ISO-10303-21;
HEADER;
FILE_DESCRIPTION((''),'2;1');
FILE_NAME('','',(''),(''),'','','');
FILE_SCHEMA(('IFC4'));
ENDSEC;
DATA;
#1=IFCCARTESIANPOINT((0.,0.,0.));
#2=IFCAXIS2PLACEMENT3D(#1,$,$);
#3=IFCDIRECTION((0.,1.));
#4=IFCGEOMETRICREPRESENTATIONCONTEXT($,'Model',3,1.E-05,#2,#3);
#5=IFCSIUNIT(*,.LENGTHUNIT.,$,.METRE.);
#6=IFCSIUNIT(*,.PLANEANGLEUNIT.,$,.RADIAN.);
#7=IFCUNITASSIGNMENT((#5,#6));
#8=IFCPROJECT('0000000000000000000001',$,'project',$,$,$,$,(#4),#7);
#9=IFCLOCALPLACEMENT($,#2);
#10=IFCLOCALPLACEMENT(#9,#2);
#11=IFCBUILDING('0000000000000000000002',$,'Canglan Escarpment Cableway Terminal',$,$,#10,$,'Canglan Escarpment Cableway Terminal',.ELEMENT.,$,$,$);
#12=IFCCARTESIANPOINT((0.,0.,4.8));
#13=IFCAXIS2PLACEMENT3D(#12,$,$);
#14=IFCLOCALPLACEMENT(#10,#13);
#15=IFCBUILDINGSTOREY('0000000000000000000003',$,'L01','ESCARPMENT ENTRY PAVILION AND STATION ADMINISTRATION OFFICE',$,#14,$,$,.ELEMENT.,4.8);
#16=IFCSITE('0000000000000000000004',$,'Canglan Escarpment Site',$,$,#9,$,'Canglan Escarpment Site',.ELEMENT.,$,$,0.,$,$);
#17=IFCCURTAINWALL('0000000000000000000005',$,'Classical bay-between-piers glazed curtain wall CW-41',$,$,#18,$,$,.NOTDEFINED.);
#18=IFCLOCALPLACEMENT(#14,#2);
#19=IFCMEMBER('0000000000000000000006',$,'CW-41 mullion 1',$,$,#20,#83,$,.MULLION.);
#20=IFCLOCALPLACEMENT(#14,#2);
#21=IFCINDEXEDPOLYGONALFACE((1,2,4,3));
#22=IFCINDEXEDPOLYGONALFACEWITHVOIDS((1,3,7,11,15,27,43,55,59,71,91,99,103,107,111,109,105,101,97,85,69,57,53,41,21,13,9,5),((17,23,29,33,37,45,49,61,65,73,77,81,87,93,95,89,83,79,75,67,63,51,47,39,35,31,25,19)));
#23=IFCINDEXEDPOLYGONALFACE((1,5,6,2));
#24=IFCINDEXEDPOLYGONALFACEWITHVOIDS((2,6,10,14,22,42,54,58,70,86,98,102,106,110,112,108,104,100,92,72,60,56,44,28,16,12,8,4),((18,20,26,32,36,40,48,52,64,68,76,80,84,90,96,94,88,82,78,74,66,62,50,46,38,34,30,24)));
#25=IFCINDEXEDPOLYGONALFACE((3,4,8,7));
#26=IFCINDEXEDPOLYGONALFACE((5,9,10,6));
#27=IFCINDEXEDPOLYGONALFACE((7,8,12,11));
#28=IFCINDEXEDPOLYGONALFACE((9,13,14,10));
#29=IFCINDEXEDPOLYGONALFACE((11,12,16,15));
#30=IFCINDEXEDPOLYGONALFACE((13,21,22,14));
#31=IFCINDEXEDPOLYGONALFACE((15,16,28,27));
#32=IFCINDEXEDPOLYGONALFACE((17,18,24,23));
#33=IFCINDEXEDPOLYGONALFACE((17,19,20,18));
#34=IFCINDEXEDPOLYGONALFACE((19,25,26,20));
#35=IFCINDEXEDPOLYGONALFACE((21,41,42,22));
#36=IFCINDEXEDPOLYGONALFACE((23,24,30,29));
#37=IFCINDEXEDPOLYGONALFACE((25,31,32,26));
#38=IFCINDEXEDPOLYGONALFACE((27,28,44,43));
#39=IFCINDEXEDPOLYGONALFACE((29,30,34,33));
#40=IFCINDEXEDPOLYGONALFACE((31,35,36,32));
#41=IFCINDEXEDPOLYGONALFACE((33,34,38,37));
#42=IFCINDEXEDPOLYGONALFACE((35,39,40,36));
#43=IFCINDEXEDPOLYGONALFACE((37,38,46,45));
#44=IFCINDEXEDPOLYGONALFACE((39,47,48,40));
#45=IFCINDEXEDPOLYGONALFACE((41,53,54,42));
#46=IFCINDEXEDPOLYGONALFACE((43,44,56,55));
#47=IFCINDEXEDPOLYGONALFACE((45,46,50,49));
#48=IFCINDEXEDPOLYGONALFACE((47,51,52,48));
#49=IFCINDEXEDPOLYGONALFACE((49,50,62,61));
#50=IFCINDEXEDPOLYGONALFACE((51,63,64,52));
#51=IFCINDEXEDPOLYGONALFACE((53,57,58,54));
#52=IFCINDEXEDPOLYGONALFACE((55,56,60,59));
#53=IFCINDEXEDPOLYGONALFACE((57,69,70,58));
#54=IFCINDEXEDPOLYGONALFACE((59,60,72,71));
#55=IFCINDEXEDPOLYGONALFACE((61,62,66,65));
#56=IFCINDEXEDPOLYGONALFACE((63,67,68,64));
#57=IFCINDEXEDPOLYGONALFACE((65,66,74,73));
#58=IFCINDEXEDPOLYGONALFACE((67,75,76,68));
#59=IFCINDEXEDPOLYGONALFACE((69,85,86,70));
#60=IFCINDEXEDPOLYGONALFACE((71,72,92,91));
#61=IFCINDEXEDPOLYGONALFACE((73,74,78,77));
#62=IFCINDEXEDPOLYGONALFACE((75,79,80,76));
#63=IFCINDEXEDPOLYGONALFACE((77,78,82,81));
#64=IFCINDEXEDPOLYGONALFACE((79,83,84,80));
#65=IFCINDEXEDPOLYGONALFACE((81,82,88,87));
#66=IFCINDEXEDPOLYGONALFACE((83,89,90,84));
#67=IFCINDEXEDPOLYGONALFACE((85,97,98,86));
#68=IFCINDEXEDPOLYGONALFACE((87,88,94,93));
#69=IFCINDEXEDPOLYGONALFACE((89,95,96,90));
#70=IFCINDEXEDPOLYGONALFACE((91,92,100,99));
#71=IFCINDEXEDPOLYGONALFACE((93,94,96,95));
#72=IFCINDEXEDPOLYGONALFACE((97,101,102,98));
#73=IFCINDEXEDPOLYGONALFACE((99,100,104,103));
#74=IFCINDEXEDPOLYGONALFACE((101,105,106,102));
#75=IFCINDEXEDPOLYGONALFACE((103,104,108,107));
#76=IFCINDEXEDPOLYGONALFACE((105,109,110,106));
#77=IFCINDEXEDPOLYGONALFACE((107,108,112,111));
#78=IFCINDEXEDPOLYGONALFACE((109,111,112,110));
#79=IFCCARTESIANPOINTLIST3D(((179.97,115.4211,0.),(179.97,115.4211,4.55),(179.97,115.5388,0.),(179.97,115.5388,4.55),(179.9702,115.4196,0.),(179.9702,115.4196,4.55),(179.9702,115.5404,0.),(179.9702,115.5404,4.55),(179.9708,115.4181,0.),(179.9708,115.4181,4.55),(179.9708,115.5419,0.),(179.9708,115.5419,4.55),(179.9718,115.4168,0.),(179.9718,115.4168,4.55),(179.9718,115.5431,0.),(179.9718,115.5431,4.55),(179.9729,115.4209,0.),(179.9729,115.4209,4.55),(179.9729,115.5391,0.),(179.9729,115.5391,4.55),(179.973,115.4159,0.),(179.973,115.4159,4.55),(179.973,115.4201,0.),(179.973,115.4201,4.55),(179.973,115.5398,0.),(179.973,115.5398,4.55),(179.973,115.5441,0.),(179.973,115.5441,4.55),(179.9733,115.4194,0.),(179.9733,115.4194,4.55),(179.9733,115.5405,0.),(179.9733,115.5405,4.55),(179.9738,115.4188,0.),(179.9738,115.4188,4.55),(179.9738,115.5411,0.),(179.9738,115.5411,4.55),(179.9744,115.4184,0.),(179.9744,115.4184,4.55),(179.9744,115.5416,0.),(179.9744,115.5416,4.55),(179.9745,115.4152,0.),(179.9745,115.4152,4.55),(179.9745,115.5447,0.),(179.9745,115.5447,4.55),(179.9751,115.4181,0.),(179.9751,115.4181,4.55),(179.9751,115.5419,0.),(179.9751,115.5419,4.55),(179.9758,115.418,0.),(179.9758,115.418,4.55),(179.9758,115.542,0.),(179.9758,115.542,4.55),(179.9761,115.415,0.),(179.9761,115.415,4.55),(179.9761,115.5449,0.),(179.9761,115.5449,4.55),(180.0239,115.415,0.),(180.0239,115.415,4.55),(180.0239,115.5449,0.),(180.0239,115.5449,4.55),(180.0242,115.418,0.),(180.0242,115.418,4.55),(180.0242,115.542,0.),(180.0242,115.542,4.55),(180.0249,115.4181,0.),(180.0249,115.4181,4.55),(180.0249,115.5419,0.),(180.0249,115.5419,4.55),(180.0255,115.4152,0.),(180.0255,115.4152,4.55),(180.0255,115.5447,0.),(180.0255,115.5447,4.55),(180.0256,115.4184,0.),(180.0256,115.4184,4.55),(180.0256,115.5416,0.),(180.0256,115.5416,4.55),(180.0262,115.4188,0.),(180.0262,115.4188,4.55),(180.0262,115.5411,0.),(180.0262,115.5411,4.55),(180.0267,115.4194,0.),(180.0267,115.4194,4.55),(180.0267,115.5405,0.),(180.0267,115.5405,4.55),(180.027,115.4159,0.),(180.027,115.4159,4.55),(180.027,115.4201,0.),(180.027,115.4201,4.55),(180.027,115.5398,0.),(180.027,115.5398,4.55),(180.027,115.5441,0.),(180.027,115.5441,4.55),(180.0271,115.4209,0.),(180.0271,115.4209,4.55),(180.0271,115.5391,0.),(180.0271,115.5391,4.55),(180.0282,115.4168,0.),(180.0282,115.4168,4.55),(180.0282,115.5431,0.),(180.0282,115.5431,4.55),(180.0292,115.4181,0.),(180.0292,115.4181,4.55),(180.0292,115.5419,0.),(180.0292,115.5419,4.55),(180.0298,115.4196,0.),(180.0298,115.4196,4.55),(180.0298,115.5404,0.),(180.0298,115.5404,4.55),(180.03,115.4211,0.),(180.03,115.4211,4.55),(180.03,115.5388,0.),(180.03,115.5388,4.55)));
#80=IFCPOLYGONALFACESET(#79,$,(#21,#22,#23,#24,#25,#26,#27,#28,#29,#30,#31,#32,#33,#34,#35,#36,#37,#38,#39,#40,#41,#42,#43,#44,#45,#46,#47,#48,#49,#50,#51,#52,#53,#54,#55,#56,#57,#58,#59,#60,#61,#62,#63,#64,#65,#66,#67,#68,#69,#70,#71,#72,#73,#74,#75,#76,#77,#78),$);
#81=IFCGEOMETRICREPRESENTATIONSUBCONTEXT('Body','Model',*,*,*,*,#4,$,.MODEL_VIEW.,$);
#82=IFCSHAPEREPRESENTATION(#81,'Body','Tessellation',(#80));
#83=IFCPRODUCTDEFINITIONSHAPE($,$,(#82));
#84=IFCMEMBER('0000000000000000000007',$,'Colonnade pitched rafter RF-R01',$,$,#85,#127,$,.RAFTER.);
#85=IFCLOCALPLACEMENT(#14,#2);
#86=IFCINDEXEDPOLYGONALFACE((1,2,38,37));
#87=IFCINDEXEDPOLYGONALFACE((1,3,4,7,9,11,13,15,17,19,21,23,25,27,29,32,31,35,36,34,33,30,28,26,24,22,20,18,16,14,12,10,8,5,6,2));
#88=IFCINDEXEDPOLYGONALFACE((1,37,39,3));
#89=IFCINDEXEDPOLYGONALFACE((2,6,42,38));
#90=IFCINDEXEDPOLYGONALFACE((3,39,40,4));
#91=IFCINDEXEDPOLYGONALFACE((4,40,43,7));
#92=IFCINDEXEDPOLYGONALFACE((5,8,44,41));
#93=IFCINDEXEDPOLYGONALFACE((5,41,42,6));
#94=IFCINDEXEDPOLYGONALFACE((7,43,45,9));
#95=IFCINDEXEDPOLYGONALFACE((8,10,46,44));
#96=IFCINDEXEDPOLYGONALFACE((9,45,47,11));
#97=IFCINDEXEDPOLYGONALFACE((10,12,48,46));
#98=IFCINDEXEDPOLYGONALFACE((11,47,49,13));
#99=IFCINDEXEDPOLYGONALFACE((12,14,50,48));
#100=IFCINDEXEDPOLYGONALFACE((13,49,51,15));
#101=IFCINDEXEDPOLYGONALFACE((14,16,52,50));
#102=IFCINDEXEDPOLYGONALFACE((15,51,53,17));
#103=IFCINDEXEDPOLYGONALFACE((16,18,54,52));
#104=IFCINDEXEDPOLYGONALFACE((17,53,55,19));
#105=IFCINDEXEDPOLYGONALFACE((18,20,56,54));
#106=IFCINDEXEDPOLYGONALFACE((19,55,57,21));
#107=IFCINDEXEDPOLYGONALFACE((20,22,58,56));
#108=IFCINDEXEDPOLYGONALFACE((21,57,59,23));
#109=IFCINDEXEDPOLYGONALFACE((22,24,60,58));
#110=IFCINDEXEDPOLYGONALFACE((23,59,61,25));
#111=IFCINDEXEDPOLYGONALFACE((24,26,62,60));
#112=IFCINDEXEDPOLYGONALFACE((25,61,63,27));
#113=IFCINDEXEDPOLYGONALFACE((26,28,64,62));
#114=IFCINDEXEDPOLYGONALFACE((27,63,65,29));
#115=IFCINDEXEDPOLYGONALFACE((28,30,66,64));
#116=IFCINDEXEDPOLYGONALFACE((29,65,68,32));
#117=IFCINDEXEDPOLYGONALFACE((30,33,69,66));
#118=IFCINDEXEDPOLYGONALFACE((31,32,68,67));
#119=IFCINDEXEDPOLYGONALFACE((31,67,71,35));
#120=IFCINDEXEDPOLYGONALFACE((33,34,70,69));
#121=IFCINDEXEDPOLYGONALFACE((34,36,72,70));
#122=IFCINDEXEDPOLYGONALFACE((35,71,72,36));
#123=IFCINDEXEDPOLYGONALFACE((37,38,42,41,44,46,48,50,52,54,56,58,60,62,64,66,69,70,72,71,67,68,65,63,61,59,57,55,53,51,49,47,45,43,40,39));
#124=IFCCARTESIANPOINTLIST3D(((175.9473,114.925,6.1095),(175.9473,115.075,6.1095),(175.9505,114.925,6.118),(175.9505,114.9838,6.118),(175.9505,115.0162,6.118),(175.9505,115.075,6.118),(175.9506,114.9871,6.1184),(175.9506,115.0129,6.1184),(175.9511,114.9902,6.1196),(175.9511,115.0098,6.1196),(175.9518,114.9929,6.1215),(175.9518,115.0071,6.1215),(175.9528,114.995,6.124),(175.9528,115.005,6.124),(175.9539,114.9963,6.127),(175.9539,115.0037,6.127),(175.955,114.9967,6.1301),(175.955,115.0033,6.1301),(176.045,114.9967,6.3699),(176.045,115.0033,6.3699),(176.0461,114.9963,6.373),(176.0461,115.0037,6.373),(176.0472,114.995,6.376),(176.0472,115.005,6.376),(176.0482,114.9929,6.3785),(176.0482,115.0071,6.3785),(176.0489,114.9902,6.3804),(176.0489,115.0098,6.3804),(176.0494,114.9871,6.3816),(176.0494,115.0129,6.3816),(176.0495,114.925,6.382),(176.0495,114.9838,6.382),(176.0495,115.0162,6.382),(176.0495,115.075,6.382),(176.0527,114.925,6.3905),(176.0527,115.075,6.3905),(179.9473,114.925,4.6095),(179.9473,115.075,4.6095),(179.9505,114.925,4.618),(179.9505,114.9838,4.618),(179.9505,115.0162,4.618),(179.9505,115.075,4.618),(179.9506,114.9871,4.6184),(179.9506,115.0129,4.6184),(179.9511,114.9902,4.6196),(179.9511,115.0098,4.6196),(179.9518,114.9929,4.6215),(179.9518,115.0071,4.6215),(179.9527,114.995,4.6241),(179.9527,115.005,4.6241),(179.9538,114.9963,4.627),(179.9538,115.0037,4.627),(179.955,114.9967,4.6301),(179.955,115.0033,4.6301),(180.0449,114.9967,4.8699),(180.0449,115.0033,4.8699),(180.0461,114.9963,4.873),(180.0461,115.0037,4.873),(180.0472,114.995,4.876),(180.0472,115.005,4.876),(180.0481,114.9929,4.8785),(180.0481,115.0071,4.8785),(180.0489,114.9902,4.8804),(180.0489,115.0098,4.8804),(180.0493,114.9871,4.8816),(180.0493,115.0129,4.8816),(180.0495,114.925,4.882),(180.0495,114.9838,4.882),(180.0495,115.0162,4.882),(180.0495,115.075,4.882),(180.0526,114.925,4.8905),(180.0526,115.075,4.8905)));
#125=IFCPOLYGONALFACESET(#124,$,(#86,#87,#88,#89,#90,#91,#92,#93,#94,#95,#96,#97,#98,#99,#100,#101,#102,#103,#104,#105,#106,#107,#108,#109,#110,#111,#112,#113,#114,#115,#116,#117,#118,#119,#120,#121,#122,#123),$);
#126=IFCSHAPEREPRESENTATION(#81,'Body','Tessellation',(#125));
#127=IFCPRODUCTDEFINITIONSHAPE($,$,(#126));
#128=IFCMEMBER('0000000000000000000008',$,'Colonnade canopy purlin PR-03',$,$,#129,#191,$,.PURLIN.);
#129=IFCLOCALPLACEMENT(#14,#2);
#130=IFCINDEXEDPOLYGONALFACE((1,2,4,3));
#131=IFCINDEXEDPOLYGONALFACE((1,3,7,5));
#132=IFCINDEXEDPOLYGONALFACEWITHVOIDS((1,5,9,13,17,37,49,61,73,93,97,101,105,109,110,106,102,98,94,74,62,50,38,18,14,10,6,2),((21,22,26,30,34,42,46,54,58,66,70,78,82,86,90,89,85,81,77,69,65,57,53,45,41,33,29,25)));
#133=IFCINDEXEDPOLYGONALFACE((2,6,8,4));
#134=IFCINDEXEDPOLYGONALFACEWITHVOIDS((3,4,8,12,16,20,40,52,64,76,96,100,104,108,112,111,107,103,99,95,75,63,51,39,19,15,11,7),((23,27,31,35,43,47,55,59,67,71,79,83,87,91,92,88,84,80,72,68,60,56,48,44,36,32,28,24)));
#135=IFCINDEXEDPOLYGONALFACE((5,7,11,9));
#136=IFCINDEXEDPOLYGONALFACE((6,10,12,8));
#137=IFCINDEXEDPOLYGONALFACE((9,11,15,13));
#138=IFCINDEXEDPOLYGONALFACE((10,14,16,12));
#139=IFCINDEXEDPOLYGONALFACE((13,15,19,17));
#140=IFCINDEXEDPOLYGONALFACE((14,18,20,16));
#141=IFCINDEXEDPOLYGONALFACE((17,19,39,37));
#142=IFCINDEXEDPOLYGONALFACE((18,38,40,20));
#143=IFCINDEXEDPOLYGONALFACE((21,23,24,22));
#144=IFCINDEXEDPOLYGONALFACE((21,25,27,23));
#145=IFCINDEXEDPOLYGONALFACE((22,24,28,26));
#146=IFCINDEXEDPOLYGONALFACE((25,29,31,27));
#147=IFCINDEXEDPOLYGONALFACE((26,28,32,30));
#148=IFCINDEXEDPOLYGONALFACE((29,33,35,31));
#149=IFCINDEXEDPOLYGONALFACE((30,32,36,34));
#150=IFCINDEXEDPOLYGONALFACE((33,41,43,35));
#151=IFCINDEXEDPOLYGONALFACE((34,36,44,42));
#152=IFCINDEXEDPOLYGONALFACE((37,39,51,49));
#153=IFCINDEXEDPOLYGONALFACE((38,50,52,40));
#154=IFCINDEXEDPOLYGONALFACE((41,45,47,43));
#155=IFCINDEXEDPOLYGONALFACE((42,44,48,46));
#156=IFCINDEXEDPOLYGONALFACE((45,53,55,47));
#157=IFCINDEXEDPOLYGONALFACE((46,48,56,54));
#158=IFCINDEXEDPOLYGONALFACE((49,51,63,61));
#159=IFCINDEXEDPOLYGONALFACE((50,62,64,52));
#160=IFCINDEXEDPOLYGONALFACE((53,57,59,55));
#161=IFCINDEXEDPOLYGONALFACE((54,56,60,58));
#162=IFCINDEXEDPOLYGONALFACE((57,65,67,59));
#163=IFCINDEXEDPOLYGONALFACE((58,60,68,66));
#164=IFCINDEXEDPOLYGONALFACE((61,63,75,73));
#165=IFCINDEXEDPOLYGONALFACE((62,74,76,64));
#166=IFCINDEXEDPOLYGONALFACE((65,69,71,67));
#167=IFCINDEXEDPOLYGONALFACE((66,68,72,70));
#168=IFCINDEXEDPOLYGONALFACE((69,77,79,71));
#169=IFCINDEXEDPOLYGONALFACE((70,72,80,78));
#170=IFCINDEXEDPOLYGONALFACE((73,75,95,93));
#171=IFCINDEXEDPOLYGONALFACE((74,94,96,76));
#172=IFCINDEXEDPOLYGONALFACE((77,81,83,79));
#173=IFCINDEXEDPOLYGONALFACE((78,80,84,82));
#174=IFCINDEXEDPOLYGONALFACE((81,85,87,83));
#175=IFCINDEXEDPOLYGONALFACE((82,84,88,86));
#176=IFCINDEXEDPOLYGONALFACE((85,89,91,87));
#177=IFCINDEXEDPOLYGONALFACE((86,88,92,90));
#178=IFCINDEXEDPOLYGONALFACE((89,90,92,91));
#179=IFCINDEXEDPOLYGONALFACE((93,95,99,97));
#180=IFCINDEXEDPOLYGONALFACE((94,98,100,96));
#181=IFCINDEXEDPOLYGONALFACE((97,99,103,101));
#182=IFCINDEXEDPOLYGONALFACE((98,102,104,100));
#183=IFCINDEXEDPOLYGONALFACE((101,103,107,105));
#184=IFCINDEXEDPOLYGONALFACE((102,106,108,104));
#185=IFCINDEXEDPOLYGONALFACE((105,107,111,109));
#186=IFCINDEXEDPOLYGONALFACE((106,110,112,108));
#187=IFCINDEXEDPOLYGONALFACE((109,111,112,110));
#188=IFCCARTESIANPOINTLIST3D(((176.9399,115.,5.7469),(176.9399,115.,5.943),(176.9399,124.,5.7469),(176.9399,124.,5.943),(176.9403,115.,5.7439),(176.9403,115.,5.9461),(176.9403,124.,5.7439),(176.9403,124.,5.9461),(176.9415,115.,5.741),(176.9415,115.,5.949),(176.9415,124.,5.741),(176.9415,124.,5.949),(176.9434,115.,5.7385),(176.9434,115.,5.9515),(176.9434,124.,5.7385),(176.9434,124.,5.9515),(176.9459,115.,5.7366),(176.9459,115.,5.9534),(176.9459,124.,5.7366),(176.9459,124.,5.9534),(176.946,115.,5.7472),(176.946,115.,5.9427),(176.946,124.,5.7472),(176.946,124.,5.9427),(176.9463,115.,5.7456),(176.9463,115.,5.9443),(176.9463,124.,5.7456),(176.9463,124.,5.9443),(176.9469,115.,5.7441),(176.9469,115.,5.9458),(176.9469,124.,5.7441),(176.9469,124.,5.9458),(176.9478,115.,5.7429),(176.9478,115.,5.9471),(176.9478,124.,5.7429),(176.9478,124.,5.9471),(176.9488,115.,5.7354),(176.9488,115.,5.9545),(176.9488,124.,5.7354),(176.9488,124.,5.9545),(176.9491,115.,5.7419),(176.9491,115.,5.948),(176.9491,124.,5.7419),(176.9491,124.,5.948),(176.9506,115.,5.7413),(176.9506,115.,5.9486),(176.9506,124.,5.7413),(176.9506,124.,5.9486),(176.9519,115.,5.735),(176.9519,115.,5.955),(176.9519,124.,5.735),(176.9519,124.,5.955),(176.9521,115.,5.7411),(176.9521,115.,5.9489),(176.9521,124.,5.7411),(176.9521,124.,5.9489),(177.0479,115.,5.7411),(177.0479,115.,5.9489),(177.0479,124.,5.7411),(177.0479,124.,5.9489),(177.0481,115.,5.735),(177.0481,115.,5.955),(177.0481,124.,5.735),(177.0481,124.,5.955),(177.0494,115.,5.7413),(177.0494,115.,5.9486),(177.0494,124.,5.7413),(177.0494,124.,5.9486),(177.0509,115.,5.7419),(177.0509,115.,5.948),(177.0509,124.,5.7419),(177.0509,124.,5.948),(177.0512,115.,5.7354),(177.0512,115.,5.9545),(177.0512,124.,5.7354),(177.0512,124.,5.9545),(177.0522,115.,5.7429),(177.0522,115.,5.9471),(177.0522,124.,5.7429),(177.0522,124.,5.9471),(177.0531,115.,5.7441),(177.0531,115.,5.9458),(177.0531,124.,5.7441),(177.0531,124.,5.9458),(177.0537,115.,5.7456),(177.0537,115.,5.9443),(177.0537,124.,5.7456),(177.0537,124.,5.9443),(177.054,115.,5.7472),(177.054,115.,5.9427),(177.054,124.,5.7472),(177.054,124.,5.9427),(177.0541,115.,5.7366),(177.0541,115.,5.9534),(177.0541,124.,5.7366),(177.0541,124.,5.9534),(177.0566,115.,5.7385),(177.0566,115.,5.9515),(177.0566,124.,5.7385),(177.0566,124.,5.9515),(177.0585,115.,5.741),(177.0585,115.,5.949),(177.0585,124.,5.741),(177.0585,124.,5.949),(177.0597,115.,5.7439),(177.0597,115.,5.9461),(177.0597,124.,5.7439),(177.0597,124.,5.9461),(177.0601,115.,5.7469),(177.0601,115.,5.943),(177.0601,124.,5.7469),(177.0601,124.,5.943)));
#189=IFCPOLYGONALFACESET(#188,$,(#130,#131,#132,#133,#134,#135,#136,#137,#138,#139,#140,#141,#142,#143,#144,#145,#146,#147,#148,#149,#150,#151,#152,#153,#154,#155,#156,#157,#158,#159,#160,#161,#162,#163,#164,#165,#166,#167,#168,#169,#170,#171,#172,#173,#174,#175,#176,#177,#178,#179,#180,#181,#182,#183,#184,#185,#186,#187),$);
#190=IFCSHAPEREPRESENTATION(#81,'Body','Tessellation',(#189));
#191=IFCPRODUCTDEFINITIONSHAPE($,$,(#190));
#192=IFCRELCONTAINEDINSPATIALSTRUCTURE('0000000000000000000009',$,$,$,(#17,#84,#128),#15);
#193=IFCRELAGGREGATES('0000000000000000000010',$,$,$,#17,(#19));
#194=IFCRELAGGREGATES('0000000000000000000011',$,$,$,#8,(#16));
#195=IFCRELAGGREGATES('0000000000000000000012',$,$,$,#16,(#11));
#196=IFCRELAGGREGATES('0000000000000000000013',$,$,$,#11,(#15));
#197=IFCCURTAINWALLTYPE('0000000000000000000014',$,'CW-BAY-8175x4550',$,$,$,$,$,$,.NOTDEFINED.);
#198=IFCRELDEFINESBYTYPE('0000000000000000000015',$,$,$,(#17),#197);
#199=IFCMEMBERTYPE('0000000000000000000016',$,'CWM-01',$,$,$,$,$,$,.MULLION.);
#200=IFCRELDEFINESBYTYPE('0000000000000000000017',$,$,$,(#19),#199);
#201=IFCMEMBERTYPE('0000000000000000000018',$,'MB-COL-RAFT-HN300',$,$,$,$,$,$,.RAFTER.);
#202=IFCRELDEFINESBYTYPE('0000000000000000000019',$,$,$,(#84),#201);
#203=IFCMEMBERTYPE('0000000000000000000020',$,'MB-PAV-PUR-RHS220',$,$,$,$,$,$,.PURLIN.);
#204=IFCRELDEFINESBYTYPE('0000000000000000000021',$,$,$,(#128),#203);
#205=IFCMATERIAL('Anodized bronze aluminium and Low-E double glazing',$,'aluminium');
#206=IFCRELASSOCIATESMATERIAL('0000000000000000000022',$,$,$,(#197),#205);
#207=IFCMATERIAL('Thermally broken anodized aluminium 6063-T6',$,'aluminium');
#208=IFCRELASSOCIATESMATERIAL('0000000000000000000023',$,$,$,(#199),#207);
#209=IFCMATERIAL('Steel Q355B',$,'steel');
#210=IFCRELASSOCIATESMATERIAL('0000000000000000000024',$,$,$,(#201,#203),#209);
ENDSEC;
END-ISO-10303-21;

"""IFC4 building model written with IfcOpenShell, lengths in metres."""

from ifc_helpers import new_model, si_unit, direction, frame, origin, origin_2d, place, context, subcontext, project, spatial, hollow_rectangle, i_section, extrude, material, material_profile, profile_set, type_object, element, aggregate, save


model = new_model("IFC4")

# Units and contexts
model_context = context("Model", 3, precision=1e-05, world=origin(), true_north=direction((0.0, 1.0)))
body_context = subcontext(model_context, "Body", "Model", "MODEL_VIEW")
ifc_project = project(units=[si_unit("LENGTHUNIT", "METRE"), si_unit("PLANEANGLEUNIT", "RADIAN")], contexts=[model_context])

# Site, building, storey
site_placement = place(None, origin())
site = spatial("IfcSite", under=ifc_project, at=site_placement, Name="Canglan Escarpment Site", LongName="Canglan Escarpment Site", CompositionType="ELEMENT", RefElevation=0.0)
building_placement = place(site_placement, origin())
building = spatial("IfcBuilding", under=site, at=building_placement, Name="Canglan Escarpment Cableway Terminal", LongName="Canglan Escarpment Cableway Terminal", CompositionType="ELEMENT")
storey_placement = place(building_placement, frame((0.0, 0.0, 4.8)))
storey = spatial("IfcBuildingStorey", under=building, at=storey_placement, Name="L01", Description="ESCARPMENT ENTRY PAVILION AND STATION ADMINISTRATION OFFICE", CompositionType="ELEMENT", Elevation=4.8)

# Curtain wall, member
ifc_material_1 = material(Name="Anodized bronze aluminium and Low-E double glazing", Category="aluminium")
curtain_wall_type = type_object("IfcCurtainWallType", Name="CW-BAY-8175x4550", PredefinedType="NOTDEFINED", material=ifc_material_1)
curtain_wall_placement = place(storey_placement, origin())
curtain_wall = element("IfcCurtainWall", 1, at=curtain_wall_placement, inside=storey, type_object=curtain_wall_type, Name="Classical bay-between-piers glazed curtain wall CW-41", PredefinedType="NOTDEFINED")
ifc_material_2 = material(Name="Thermally broken anodized aluminium 6063-T6", Category="aluminium")
ifc_material_profile_1 = material_profile(ifc_material_2, hollow_rectangle(XDim=0.0601, YDim=0.1299, WallThickness=0.0029, InnerFilletRadius=0.0029, OuterFilletRadius=0.0061, at=origin_2d()), Name="ALU-MULL 60x130x3")
ifc_profile_set_1 = profile_set([ifc_material_profile_1], Name="Thermally broken anodized aluminium 6063-T6")
member_type_1 = type_object("IfcMemberType", Name="CWM-01", PredefinedType="MULLION", material=ifc_profile_set_1)
member_1_placement = place(storey_placement, frame((180.0, 115.48, 0.0), z_axis=(0.0, 0.0, 1.0), x_axis=(-1.0, 0.0, 0.0)))
member_1 = element("IfcMember", 2, at=member_1_placement, type_object=member_type_1, Name="CW-41 mullion 1", PredefinedType="MULLION", context=body_context, shape_type="SweptSolid", body=[
    extrude(hollow_rectangle(XDim=0.0601, YDim=0.1299, WallThickness=0.0029, InnerFilletRadius=0.0029, OuterFilletRadius=0.0061, at=origin_2d()), origin(), (0.0, 0.0, 1.0), 4.55),
])
aggregate(curtain_wall, [member_1])

# Members
ifc_material_3 = material(Name="Steel Q355B", Category="steel")
ifc_material_profile_2 = material_profile(ifc_material_3, i_section(OverallWidth=0.1499, OverallDepth=0.3, WebThickness=0.0066, FlangeThickness=0.009, FilletRadius=0.0129, at=origin_2d()), Name="HN 300x150x6.5x9")
ifc_profile_set_2 = profile_set([ifc_material_profile_2], Name="Steel Q355B")
member_type_2 = type_object("IfcMemberType", Name="MB-COL-RAFT-HN300", PredefinedType="RAFTER", material=ifc_profile_set_2)
member_2_placement = place(storey_placement, frame((176.0, 115.0, 6.25), z_axis=(0.936329, 0.0, -0.351123), x_axis=(0.0, 1.0, 0.0)))
element("IfcMember", 3, at=member_2_placement, inside=storey, type_object=member_type_2, Name="Colonnade pitched rafter RF-R01", PredefinedType="RAFTER", context=body_context, shape_type="SweptSolid", body=[
    extrude(i_section(OverallWidth=0.1499, OverallDepth=0.3, WebThickness=0.0066, FlangeThickness=0.009, FilletRadius=0.0129, at=origin_2d()), origin(), (0.0, 0.0, 1.0), 4.272),
])
ifc_material_profile_3 = material_profile(ifc_material_3, hollow_rectangle(XDim=0.1201, YDim=0.22, WallThickness=0.0061, InnerFilletRadius=0.0061, OuterFilletRadius=0.012, at=origin_2d()), Name="RHS 220x120x6")
ifc_profile_set_3 = profile_set([ifc_material_profile_3], Name="Steel Q355B")
member_type_3 = type_object("IfcMemberType", Name="MB-PAV-PUR-RHS220", PredefinedType="PURLIN", material=ifc_profile_set_3)
for number, where, z_axis, x_axis, name in (
    (4, (177.0, 115.0, 5.845), (0.0, 1.0, 0.0), (-1.0, 0.0, 0.0), "Colonnade canopy purlin PR-03"),
):
    element("IfcMember", number, at=place(storey_placement, frame(where, z_axis=z_axis, x_axis=x_axis)), inside=storey, type_object=member_type_3, Name=name, PredefinedType="PURLIN", context=body_context, shape_type="SweptSolid", body=[
        extrude(hollow_rectangle(XDim=0.1201, YDim=0.22, WallThickness=0.0061, InnerFilletRadius=0.0061, OuterFilletRadius=0.012, at=origin_2d()), origin(), (0.0, 0.0, 1.0), 9.0),
    ])

save(model, "model.ifc")
